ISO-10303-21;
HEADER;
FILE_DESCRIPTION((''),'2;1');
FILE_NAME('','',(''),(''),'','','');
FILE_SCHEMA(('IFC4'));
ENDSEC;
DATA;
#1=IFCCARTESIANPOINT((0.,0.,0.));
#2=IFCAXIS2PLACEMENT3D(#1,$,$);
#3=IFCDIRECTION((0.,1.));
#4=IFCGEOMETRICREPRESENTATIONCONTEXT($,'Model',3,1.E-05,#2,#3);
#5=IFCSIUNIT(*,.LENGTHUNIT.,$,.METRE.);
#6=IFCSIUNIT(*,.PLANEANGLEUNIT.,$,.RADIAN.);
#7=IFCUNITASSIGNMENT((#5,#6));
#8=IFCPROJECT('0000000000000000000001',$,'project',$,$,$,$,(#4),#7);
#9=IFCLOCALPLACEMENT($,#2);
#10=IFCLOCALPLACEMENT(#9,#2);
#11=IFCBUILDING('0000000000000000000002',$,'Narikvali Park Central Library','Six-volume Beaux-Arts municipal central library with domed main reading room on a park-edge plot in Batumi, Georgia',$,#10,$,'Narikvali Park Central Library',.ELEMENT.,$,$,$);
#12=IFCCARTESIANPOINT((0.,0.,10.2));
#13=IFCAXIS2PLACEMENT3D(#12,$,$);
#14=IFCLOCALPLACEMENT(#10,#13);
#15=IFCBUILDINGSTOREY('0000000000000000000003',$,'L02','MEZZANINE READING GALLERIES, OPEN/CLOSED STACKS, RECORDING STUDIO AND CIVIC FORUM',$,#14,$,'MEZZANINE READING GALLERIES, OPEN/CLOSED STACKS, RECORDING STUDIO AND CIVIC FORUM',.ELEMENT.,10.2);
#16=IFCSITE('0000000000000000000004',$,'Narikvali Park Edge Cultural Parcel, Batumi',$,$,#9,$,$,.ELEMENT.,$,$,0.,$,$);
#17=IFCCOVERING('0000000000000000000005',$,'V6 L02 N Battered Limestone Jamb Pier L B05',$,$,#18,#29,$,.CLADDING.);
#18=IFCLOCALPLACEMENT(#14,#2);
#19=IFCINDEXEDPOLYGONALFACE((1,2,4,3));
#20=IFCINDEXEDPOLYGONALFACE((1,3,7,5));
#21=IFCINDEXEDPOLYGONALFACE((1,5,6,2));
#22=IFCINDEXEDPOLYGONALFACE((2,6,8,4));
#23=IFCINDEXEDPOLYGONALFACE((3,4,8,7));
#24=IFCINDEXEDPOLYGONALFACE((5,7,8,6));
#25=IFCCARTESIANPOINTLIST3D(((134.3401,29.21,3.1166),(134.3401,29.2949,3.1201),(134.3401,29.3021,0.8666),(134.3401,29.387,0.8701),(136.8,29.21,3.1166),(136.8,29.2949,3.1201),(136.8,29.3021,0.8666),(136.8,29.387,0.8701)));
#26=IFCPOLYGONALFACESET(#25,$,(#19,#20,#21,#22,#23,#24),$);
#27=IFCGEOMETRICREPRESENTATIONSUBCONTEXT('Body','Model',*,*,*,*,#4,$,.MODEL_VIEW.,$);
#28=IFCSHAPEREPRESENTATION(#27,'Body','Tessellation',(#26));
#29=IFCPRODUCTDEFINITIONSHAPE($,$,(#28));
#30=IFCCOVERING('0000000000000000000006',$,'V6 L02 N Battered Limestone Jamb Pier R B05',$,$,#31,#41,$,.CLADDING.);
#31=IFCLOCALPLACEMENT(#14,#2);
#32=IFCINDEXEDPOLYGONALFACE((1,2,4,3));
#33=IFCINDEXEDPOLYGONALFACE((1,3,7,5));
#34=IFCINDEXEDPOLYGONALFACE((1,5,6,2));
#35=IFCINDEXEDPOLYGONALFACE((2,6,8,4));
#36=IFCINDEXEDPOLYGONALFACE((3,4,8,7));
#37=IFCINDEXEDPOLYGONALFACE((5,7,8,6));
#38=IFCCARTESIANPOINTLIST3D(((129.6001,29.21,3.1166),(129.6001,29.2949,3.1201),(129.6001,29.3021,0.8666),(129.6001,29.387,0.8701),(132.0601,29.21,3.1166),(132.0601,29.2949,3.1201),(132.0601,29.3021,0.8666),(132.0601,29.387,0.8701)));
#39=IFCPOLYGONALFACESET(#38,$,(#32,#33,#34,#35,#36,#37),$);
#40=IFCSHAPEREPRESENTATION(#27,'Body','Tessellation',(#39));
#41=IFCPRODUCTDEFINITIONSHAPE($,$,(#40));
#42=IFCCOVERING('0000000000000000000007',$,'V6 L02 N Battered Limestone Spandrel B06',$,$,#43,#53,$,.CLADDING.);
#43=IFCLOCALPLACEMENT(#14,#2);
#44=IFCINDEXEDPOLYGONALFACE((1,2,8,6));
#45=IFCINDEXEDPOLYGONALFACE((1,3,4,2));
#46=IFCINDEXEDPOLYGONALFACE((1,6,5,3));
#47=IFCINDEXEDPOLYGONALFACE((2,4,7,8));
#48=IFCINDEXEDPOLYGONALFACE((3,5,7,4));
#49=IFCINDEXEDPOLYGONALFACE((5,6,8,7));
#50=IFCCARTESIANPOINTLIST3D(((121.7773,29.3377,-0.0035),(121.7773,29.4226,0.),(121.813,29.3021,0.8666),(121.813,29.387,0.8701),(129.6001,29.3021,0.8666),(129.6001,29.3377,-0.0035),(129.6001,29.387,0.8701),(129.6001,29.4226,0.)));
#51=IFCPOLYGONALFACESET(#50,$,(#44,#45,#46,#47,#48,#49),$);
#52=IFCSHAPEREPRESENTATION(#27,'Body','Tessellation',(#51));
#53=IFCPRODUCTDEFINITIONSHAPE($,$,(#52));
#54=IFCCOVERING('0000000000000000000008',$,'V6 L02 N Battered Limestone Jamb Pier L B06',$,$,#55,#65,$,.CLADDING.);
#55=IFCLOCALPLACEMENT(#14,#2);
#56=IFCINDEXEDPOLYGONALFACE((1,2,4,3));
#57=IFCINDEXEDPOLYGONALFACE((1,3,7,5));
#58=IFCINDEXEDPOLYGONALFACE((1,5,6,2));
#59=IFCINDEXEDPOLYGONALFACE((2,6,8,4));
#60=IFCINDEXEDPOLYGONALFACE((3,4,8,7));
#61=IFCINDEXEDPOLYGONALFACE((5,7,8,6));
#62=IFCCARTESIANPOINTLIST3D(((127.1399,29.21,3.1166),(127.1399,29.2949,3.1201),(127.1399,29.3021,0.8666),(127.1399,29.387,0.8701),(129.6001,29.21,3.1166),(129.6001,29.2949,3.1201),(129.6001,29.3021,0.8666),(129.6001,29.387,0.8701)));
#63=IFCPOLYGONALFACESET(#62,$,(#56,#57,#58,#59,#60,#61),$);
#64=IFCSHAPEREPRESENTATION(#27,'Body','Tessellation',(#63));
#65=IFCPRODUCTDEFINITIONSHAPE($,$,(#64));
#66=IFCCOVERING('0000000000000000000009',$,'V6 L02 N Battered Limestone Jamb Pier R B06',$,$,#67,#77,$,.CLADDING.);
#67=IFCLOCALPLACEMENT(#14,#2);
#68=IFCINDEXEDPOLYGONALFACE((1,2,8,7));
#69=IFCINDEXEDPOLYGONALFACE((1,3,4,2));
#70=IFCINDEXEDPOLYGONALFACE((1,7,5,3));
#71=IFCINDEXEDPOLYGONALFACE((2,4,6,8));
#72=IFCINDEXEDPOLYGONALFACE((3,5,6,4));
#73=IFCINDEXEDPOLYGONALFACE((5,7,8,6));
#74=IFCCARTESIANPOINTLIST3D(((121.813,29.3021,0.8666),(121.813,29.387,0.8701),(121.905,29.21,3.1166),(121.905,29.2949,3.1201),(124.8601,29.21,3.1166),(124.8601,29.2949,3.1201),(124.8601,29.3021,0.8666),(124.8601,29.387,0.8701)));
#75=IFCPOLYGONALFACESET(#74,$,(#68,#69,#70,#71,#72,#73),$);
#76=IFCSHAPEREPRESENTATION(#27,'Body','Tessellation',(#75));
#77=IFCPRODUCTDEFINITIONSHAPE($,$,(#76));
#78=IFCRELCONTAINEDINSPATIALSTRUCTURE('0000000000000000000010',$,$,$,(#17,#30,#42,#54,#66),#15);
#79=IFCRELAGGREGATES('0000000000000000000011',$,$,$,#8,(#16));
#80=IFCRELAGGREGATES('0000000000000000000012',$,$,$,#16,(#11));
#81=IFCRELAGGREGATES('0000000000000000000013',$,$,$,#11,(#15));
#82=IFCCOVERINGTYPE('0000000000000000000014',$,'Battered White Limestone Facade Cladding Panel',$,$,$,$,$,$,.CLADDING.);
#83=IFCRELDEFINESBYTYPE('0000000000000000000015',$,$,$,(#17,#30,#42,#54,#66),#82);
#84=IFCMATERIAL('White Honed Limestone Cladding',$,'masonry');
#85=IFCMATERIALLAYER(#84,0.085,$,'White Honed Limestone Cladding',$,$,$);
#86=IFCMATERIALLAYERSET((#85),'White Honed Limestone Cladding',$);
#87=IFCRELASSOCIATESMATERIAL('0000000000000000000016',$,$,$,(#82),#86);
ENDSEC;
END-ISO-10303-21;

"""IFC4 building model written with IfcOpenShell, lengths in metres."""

from ifc_helpers import new_model, si_unit, direction, frame, origin, place, context, subcontext, project, spatial, polyline, outline, extrude, material, layer, layer_set, type_object, element, save


model = new_model("IFC4")

# Units and contexts
model_context = context("Model", 3, precision=1e-05, world=origin(), true_north=direction((0.0, 1.0)))
body_context = subcontext(model_context, "Body", "Model", "MODEL_VIEW")
ifc_project = project(units=[si_unit("LENGTHUNIT", "METRE"), si_unit("PLANEANGLEUNIT", "RADIAN")], contexts=[model_context])

# Site, building, storey
site_placement = place(None, origin())
site = spatial("IfcSite", under=ifc_project, at=site_placement, Name="Narikvali Park Edge Cultural Parcel, Batumi", CompositionType="ELEMENT", RefElevation=0.0)
building_placement = place(site_placement, origin())
building = spatial("IfcBuilding", under=site, at=building_placement, Name="Narikvali Park Central Library", Description="Six-volume Beaux-Arts municipal central library with domed main reading room on a park-edge plot in Batumi, Georgia", LongName="Narikvali Park Central Library", CompositionType="ELEMENT")
storey_placement = place(building_placement, frame((0.0, 0.0, 10.2)))
storey = spatial("IfcBuildingStorey", under=building, at=storey_placement, Name="L02", Description="MEZZANINE READING GALLERIES, OPEN/CLOSED STACKS, RECORDING STUDIO AND CIVIC FORUM", LongName="MEZZANINE READING GALLERIES, OPEN/CLOSED STACKS, RECORDING STUDIO AND CIVIC FORUM", CompositionType="ELEMENT", Elevation=10.2)

# Coverings
ifc_material_1 = material(Name="White Honed Limestone Cladding", Category="masonry")
ifc_layer = layer(ifc_material_1, 0.085, Name="White Honed Limestone Cladding")
ifc_layer_set = layer_set([ifc_layer], Name="White Honed Limestone Cladding")
covering_type = type_object("IfcCoveringType", Name="Battered White Limestone Facade Cladding Panel", PredefinedType="CLADDING", material=ifc_layer_set)
for number, where, z_axis, x_axis, name in (
    (1, (136.8, 29.387, 0.8701), (0.0, 0.999164, 0.040873), (-1.0, 0.0, 0.0), "V6 L02 N Battered Limestone Jamb Pier L B05"),
    (2, (132.0601, 29.387, 0.8701), (0.0, 0.999164, 0.040873), (-1.0, 0.0, 0.0), "V6 L02 N Battered Limestone Jamb Pier R B05"),
):
    element("IfcCovering", number, at=place(storey_placement, frame(where, z_axis=z_axis, x_axis=x_axis)), inside=storey, type_object=covering_type, Name=name, PredefinedType="CLADDING", context=body_context, shape_type="SweptSolid", body=[
        extrude(outline(polyline([(0.0, 0.0), (2.46, 0.0), (2.46, 2.2519), (0.0, 2.2519), (0.0, 0.0)])), origin(), (0.0, 0.0, -1.0), 0.085),
    ])
covering_1_placement = place(storey_placement, frame((129.6001, 29.4226, 0.0), z_axis=(0.0, 0.999162, 0.040931), x_axis=(-1.0, 0.0, 0.0)))
element("IfcCovering", 3, at=covering_1_placement, inside=storey, type_object=covering_type, Name="V6 L02 N Battered Limestone Spandrel B06", PredefinedType="CLADDING", context=body_context, shape_type="SweptSolid", body=[
    extrude(outline(polyline([(0.0, 0.0), (7.8228, 0.0), (7.7871, 0.8708), (0.0, 0.8708), (0.0, 0.0)])), origin(), (0.0, 0.0, -1.0), 0.085),
])
covering_2_placement = place(storey_placement, frame((129.6001, 29.387, 0.8701), z_axis=(0.0, 0.999164, 0.040873), x_axis=(-1.0, 0.0, 0.0)))
element("IfcCovering", 4, at=covering_2_placement, inside=storey, type_object=covering_type, Name="V6 L02 N Battered Limestone Jamb Pier L B06", PredefinedType="CLADDING", context=body_context, shape_type="SweptSolid", body=[
    extrude(outline(polyline([(0.0, 0.0), (2.4602, 0.0), (2.4602, 2.2519), (0.0, 2.2519), (0.0, 0.0)])), origin(), (0.0, 0.0, -1.0), 0.085),
])
covering_3_placement = place(storey_placement, frame((124.8601, 29.387, 0.8701), z_axis=(0.0, 0.999164, 0.040873), x_axis=(-1.0, 0.0, 0.0)))
element("IfcCovering", 5, at=covering_3_placement, inside=storey, type_object=covering_type, Name="V6 L02 N Battered Limestone Jamb Pier R B06", PredefinedType="CLADDING", context=body_context, shape_type="SweptSolid", body=[
    extrude(outline(polyline([(0.0, 0.0), (3.0471, 0.0), (2.9551, 2.2519), (0.0, 2.2519), (0.0, 0.0)])), origin(), (0.0, 0.0, -1.0), 0.085),
])

save(model, "model.ifc")
